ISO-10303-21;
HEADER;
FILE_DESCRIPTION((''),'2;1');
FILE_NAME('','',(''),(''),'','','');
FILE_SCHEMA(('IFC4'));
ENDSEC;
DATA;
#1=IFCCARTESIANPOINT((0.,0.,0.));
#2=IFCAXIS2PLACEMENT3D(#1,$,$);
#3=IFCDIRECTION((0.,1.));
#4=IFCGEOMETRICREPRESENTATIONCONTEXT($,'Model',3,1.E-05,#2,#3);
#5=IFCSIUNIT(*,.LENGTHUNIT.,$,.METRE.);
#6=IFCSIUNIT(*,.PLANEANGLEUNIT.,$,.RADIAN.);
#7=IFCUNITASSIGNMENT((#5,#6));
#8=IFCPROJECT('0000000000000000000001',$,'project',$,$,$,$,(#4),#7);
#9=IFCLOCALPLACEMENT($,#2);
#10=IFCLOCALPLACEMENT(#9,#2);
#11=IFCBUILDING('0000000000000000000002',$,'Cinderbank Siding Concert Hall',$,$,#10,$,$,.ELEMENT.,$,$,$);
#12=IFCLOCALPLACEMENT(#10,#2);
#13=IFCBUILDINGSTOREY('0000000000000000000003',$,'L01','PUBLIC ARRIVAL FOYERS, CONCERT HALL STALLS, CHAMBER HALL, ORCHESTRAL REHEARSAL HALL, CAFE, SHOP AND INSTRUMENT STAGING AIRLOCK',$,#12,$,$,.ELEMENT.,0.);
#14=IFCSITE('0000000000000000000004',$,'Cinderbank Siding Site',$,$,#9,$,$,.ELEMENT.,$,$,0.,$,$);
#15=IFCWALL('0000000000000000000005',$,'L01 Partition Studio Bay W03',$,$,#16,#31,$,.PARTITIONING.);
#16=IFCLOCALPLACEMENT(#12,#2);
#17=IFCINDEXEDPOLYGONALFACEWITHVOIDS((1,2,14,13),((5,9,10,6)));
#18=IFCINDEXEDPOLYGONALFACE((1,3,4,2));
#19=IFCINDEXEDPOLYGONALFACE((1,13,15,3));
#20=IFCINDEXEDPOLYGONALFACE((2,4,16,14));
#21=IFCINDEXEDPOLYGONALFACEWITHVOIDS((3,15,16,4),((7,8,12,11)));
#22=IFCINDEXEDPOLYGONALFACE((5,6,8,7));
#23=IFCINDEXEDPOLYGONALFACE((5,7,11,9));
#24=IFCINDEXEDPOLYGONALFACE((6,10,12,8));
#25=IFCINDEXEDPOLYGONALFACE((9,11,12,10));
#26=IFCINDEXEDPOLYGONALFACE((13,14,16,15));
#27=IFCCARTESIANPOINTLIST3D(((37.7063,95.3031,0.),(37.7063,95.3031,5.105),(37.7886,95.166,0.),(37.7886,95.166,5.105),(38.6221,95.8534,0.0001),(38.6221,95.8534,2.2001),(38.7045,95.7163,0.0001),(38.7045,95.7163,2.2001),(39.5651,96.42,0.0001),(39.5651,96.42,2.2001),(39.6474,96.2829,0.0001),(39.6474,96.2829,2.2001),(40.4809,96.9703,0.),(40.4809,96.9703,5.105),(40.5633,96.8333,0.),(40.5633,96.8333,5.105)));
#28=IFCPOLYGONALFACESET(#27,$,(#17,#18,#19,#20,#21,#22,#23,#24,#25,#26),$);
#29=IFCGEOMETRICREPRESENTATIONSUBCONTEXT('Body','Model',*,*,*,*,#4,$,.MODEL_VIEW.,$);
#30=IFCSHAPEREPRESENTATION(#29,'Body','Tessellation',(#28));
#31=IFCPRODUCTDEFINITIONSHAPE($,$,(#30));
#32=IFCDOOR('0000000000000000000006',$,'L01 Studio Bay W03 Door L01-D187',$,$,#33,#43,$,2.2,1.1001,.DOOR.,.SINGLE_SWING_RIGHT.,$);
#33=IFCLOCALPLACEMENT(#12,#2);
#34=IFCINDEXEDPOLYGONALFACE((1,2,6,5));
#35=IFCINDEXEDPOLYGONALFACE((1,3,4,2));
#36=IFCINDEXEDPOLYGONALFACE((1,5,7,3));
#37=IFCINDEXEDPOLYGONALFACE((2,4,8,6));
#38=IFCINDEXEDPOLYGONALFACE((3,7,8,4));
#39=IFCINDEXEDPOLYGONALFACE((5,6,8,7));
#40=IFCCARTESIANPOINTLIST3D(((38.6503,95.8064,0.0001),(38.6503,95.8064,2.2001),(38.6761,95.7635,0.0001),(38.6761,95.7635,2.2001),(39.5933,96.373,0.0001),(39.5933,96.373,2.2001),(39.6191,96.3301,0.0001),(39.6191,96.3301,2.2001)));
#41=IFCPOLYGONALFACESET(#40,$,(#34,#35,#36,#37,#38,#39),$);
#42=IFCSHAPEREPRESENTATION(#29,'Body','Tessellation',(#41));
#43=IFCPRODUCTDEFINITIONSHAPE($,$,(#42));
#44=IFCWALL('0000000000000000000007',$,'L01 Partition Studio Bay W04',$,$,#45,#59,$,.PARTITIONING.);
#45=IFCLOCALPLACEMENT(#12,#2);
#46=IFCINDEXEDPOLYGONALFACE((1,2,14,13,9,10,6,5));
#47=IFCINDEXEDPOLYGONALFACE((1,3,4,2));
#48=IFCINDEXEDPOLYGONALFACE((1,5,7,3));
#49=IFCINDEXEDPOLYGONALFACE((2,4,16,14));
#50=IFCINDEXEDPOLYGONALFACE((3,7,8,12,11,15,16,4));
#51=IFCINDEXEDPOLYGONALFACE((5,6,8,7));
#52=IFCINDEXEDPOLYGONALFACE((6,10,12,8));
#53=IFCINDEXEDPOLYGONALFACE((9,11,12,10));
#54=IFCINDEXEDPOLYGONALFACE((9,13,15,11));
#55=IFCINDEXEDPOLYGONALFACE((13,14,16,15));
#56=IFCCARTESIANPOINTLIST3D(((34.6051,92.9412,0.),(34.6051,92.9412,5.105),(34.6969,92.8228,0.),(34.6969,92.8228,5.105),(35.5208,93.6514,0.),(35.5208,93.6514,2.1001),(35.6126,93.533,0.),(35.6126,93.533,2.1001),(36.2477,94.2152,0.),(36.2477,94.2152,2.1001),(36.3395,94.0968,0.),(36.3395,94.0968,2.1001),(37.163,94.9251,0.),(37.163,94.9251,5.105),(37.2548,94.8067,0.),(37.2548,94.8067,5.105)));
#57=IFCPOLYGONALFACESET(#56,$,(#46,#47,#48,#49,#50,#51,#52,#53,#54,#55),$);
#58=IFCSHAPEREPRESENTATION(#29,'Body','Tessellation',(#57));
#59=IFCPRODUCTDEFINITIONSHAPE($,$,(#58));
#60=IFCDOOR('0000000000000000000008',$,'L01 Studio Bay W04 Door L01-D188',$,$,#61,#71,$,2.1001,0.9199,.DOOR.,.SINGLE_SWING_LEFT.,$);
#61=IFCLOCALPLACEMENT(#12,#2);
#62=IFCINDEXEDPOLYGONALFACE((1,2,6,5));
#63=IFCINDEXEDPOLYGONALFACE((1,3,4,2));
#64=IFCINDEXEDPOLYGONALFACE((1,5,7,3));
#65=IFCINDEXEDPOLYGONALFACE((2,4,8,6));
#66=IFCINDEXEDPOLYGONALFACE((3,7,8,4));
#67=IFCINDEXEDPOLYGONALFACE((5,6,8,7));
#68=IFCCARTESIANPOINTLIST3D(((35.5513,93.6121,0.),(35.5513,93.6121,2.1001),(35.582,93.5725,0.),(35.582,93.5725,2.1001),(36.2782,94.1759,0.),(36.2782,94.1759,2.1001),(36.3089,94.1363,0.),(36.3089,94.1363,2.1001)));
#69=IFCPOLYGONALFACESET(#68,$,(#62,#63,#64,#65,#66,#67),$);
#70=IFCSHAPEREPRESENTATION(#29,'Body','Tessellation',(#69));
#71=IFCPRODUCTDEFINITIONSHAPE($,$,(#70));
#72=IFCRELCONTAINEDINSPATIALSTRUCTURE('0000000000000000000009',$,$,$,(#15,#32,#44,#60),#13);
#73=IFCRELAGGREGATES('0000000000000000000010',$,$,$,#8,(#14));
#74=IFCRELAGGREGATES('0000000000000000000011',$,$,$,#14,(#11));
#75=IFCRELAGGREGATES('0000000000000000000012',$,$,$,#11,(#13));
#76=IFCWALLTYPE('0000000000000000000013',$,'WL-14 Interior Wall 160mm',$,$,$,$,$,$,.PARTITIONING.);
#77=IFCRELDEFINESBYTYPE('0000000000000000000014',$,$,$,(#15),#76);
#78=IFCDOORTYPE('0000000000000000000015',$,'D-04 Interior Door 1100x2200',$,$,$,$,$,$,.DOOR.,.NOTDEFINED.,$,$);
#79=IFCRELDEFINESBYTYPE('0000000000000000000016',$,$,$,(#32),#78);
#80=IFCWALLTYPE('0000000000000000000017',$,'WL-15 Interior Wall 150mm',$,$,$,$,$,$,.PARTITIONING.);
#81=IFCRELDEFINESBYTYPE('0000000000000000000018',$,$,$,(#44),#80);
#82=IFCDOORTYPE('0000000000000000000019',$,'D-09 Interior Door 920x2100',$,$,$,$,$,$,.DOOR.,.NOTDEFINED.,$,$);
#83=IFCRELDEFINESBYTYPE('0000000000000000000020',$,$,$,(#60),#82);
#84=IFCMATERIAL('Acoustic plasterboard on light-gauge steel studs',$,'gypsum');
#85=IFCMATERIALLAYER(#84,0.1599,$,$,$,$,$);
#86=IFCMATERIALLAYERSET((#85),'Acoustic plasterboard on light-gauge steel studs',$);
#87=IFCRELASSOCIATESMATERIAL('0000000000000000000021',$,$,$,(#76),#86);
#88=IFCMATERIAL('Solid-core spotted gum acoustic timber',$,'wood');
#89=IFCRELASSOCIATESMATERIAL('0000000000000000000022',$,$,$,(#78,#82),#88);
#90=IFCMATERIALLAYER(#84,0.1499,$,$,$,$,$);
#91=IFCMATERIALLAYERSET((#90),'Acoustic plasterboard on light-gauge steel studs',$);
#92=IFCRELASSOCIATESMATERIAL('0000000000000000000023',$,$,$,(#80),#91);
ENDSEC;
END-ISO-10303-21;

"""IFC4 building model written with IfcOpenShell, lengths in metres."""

from ifc_helpers import new_model, si_unit, direction, frame, frame_2d, origin, place, context, subcontext, project, spatial, rectangle, extrude, material, layer, layer_set, type_object, element, fill, save


model = new_model("IFC4")

# Units and contexts
model_context = context("Model", 3, precision=1e-05, world=origin(), true_north=direction((0.0, 1.0)))
body_context = subcontext(model_context, "Body", "Model", "MODEL_VIEW")
ifc_project = project(units=[si_unit("LENGTHUNIT", "METRE"), si_unit("PLANEANGLEUNIT", "RADIAN")], contexts=[model_context])

# Site, building, storey
site_placement = place(None, origin())
site = spatial("IfcSite", under=ifc_project, at=site_placement, Name="Cinderbank Siding Site", CompositionType="ELEMENT", RefElevation=0.0)
building_placement = place(site_placement, origin())
building = spatial("IfcBuilding", under=site, at=building_placement, Name="Cinderbank Siding Concert Hall", CompositionType="ELEMENT")
storey_placement = place(building_placement, origin())
storey = spatial("IfcBuildingStorey", under=building, at=storey_placement, Name="L01", Description="PUBLIC ARRIVAL FOYERS, CONCERT HALL STALLS, CHAMBER HALL, ORCHESTRAL REHEARSAL HALL, CAFE, SHOP AND INSTRUMENT STAGING AIRLOCK", CompositionType="ELEMENT", Elevation=0.0)

# Shared definitions
ifc_material_1 = material(Name="Acoustic plasterboard on light-gauge steel studs", Category="gypsum")
ifc_layer_1 = layer(ifc_material_1, 0.1599)
ifc_layer_set_1 = layer_set([ifc_layer_1], Name="Acoustic plasterboard on light-gauge steel studs")
wall_type_1 = type_object("IfcWallType", Name="WL-14 Interior Wall 160mm", PredefinedType="PARTITIONING", material=ifc_layer_set_1)

# Walls, openings, doors
wall_1_placement = place(storey_placement, frame((40.5222, 96.9019, 0.0), z_axis=(0.0, 0.0, 1.0), x_axis=(-0.85716, -0.51505, 0.0)))
wall_1 = element("IfcWall", 1, at=wall_1_placement, inside=storey, type_object=wall_type_1, Name="L01 Partition Studio Bay W03", PredefinedType="PARTITIONING", context=body_context, shape_type="SweptSolid", body=[
    extrude(rectangle(XDim=3.2371, YDim=0.1599, at=frame_2d((1.6187, 0.0))), origin(), (0.0, 0.0, 1.0), 5.105),
])
opening_1_placement = place(wall_1_placement, frame((1.0686, 0.0, 0.0)))
opening_1 = element("IfcOpeningElement", 2, at=opening_1_placement, cuts=wall_1, PredefinedType="OPENING", context=body_context, shape_type="SweptSolid", body=[
    extrude(rectangle(XDim=1.1001, YDim=2.2, at=frame_2d((0.55, 1.1001))), frame((0.0, 0.0918, 0.0), z_axis=(0.0, -1.0, 0.0), x_axis=(1.0, 0.0, 0.0)), (0.0, 0.0, 1.0), 0.1838),
])
ifc_material_2 = material(Name="Solid-core spotted gum acoustic timber", Category="wood")
door_type_1 = type_object("IfcDoorType", Name="D-04 Interior Door 1100x2200", OperationType="NOTDEFINED", PredefinedType="DOOR", material=ifc_material_2)
door_1_placement = place(opening_1_placement, origin())
door_1 = element("IfcDoor", 3, at=door_1_placement, inside=storey, type_object=door_type_1, Name="L01 Studio Bay W03 Door L01-D187", OperationType="SINGLE_SWING_RIGHT", OverallHeight=2.2, OverallWidth=1.1001, PredefinedType="DOOR", context=body_context, shape_type="SweptSolid", body=[
    extrude(rectangle(XDim=1.1001, YDim=2.2, at=frame_2d((0.55, 1.1001))), frame((0.0, 0.0249, 0.0), z_axis=(0.0, -1.0, 0.0), x_axis=(1.0, 0.0, 0.0)), (0.0, 0.0, 1.0), 0.05),
])
fill(opening_1, door_1)
ifc_layer_2 = layer(ifc_material_1, 0.1499)
ifc_layer_set_2 = layer_set([ifc_layer_2], Name="Acoustic plasterboard on light-gauge steel studs")
wall_type_2 = type_object("IfcWallType", Name="WL-15 Interior Wall 150mm", PredefinedType="PARTITIONING", material=ifc_layer_set_2)
wall_2_placement = place(storey_placement, frame((37.209, 94.866, 0.0), z_axis=(0.0, 0.0, 1.0), x_axis=(-0.790184, -0.61287, 0.0)))
wall_2 = element("IfcWall", 4, at=wall_2_placement, inside=storey, type_object=wall_type_2, Name="L01 Partition Studio Bay W04", PredefinedType="PARTITIONING", context=body_context, shape_type="SweptSolid", body=[
    extrude(rectangle(XDim=3.2371, YDim=0.1499, at=frame_2d((1.6187, 0.0))), origin(), (0.0, 0.0, 1.0), 5.105),
])
opening_2_placement = place(wall_2_placement, frame((1.1584, 0.0, 0.0)))
opening_2 = element("IfcOpeningElement", 5, at=opening_2_placement, cuts=wall_2, PredefinedType="OPENING", context=body_context, shape_type="SweptSolid", body=[
    extrude(rectangle(XDim=0.9199, YDim=2.1001, at=frame_2d((0.46, 1.05))), frame((0.0, 0.0869, 0.0), z_axis=(0.0, -1.0, 0.0), x_axis=(1.0, 0.0, 0.0)), (0.0, 0.0, 1.0), 0.1738),
])
door_type_2 = type_object("IfcDoorType", Name="D-09 Interior Door 920x2100", OperationType="NOTDEFINED", PredefinedType="DOOR", material=ifc_material_2)
door_2_placement = place(opening_2_placement, origin())
door_2 = element("IfcDoor", 6, at=door_2_placement, inside=storey, type_object=door_type_2, Name="L01 Studio Bay W04 Door L01-D188", OperationType="SINGLE_SWING_LEFT", OverallHeight=2.1001, OverallWidth=0.9199, PredefinedType="DOOR", context=body_context, shape_type="SweptSolid", body=[
    extrude(rectangle(XDim=0.9199, YDim=2.1001, at=frame_2d((0.46, 1.05))), frame((0.0, 0.0249, 0.0), z_axis=(0.0, -1.0, 0.0), x_axis=(1.0, 0.0, 0.0)), (0.0, 0.0, 1.0), 0.05),
])
fill(opening_2, door_2)

save(model, "model.ifc")
